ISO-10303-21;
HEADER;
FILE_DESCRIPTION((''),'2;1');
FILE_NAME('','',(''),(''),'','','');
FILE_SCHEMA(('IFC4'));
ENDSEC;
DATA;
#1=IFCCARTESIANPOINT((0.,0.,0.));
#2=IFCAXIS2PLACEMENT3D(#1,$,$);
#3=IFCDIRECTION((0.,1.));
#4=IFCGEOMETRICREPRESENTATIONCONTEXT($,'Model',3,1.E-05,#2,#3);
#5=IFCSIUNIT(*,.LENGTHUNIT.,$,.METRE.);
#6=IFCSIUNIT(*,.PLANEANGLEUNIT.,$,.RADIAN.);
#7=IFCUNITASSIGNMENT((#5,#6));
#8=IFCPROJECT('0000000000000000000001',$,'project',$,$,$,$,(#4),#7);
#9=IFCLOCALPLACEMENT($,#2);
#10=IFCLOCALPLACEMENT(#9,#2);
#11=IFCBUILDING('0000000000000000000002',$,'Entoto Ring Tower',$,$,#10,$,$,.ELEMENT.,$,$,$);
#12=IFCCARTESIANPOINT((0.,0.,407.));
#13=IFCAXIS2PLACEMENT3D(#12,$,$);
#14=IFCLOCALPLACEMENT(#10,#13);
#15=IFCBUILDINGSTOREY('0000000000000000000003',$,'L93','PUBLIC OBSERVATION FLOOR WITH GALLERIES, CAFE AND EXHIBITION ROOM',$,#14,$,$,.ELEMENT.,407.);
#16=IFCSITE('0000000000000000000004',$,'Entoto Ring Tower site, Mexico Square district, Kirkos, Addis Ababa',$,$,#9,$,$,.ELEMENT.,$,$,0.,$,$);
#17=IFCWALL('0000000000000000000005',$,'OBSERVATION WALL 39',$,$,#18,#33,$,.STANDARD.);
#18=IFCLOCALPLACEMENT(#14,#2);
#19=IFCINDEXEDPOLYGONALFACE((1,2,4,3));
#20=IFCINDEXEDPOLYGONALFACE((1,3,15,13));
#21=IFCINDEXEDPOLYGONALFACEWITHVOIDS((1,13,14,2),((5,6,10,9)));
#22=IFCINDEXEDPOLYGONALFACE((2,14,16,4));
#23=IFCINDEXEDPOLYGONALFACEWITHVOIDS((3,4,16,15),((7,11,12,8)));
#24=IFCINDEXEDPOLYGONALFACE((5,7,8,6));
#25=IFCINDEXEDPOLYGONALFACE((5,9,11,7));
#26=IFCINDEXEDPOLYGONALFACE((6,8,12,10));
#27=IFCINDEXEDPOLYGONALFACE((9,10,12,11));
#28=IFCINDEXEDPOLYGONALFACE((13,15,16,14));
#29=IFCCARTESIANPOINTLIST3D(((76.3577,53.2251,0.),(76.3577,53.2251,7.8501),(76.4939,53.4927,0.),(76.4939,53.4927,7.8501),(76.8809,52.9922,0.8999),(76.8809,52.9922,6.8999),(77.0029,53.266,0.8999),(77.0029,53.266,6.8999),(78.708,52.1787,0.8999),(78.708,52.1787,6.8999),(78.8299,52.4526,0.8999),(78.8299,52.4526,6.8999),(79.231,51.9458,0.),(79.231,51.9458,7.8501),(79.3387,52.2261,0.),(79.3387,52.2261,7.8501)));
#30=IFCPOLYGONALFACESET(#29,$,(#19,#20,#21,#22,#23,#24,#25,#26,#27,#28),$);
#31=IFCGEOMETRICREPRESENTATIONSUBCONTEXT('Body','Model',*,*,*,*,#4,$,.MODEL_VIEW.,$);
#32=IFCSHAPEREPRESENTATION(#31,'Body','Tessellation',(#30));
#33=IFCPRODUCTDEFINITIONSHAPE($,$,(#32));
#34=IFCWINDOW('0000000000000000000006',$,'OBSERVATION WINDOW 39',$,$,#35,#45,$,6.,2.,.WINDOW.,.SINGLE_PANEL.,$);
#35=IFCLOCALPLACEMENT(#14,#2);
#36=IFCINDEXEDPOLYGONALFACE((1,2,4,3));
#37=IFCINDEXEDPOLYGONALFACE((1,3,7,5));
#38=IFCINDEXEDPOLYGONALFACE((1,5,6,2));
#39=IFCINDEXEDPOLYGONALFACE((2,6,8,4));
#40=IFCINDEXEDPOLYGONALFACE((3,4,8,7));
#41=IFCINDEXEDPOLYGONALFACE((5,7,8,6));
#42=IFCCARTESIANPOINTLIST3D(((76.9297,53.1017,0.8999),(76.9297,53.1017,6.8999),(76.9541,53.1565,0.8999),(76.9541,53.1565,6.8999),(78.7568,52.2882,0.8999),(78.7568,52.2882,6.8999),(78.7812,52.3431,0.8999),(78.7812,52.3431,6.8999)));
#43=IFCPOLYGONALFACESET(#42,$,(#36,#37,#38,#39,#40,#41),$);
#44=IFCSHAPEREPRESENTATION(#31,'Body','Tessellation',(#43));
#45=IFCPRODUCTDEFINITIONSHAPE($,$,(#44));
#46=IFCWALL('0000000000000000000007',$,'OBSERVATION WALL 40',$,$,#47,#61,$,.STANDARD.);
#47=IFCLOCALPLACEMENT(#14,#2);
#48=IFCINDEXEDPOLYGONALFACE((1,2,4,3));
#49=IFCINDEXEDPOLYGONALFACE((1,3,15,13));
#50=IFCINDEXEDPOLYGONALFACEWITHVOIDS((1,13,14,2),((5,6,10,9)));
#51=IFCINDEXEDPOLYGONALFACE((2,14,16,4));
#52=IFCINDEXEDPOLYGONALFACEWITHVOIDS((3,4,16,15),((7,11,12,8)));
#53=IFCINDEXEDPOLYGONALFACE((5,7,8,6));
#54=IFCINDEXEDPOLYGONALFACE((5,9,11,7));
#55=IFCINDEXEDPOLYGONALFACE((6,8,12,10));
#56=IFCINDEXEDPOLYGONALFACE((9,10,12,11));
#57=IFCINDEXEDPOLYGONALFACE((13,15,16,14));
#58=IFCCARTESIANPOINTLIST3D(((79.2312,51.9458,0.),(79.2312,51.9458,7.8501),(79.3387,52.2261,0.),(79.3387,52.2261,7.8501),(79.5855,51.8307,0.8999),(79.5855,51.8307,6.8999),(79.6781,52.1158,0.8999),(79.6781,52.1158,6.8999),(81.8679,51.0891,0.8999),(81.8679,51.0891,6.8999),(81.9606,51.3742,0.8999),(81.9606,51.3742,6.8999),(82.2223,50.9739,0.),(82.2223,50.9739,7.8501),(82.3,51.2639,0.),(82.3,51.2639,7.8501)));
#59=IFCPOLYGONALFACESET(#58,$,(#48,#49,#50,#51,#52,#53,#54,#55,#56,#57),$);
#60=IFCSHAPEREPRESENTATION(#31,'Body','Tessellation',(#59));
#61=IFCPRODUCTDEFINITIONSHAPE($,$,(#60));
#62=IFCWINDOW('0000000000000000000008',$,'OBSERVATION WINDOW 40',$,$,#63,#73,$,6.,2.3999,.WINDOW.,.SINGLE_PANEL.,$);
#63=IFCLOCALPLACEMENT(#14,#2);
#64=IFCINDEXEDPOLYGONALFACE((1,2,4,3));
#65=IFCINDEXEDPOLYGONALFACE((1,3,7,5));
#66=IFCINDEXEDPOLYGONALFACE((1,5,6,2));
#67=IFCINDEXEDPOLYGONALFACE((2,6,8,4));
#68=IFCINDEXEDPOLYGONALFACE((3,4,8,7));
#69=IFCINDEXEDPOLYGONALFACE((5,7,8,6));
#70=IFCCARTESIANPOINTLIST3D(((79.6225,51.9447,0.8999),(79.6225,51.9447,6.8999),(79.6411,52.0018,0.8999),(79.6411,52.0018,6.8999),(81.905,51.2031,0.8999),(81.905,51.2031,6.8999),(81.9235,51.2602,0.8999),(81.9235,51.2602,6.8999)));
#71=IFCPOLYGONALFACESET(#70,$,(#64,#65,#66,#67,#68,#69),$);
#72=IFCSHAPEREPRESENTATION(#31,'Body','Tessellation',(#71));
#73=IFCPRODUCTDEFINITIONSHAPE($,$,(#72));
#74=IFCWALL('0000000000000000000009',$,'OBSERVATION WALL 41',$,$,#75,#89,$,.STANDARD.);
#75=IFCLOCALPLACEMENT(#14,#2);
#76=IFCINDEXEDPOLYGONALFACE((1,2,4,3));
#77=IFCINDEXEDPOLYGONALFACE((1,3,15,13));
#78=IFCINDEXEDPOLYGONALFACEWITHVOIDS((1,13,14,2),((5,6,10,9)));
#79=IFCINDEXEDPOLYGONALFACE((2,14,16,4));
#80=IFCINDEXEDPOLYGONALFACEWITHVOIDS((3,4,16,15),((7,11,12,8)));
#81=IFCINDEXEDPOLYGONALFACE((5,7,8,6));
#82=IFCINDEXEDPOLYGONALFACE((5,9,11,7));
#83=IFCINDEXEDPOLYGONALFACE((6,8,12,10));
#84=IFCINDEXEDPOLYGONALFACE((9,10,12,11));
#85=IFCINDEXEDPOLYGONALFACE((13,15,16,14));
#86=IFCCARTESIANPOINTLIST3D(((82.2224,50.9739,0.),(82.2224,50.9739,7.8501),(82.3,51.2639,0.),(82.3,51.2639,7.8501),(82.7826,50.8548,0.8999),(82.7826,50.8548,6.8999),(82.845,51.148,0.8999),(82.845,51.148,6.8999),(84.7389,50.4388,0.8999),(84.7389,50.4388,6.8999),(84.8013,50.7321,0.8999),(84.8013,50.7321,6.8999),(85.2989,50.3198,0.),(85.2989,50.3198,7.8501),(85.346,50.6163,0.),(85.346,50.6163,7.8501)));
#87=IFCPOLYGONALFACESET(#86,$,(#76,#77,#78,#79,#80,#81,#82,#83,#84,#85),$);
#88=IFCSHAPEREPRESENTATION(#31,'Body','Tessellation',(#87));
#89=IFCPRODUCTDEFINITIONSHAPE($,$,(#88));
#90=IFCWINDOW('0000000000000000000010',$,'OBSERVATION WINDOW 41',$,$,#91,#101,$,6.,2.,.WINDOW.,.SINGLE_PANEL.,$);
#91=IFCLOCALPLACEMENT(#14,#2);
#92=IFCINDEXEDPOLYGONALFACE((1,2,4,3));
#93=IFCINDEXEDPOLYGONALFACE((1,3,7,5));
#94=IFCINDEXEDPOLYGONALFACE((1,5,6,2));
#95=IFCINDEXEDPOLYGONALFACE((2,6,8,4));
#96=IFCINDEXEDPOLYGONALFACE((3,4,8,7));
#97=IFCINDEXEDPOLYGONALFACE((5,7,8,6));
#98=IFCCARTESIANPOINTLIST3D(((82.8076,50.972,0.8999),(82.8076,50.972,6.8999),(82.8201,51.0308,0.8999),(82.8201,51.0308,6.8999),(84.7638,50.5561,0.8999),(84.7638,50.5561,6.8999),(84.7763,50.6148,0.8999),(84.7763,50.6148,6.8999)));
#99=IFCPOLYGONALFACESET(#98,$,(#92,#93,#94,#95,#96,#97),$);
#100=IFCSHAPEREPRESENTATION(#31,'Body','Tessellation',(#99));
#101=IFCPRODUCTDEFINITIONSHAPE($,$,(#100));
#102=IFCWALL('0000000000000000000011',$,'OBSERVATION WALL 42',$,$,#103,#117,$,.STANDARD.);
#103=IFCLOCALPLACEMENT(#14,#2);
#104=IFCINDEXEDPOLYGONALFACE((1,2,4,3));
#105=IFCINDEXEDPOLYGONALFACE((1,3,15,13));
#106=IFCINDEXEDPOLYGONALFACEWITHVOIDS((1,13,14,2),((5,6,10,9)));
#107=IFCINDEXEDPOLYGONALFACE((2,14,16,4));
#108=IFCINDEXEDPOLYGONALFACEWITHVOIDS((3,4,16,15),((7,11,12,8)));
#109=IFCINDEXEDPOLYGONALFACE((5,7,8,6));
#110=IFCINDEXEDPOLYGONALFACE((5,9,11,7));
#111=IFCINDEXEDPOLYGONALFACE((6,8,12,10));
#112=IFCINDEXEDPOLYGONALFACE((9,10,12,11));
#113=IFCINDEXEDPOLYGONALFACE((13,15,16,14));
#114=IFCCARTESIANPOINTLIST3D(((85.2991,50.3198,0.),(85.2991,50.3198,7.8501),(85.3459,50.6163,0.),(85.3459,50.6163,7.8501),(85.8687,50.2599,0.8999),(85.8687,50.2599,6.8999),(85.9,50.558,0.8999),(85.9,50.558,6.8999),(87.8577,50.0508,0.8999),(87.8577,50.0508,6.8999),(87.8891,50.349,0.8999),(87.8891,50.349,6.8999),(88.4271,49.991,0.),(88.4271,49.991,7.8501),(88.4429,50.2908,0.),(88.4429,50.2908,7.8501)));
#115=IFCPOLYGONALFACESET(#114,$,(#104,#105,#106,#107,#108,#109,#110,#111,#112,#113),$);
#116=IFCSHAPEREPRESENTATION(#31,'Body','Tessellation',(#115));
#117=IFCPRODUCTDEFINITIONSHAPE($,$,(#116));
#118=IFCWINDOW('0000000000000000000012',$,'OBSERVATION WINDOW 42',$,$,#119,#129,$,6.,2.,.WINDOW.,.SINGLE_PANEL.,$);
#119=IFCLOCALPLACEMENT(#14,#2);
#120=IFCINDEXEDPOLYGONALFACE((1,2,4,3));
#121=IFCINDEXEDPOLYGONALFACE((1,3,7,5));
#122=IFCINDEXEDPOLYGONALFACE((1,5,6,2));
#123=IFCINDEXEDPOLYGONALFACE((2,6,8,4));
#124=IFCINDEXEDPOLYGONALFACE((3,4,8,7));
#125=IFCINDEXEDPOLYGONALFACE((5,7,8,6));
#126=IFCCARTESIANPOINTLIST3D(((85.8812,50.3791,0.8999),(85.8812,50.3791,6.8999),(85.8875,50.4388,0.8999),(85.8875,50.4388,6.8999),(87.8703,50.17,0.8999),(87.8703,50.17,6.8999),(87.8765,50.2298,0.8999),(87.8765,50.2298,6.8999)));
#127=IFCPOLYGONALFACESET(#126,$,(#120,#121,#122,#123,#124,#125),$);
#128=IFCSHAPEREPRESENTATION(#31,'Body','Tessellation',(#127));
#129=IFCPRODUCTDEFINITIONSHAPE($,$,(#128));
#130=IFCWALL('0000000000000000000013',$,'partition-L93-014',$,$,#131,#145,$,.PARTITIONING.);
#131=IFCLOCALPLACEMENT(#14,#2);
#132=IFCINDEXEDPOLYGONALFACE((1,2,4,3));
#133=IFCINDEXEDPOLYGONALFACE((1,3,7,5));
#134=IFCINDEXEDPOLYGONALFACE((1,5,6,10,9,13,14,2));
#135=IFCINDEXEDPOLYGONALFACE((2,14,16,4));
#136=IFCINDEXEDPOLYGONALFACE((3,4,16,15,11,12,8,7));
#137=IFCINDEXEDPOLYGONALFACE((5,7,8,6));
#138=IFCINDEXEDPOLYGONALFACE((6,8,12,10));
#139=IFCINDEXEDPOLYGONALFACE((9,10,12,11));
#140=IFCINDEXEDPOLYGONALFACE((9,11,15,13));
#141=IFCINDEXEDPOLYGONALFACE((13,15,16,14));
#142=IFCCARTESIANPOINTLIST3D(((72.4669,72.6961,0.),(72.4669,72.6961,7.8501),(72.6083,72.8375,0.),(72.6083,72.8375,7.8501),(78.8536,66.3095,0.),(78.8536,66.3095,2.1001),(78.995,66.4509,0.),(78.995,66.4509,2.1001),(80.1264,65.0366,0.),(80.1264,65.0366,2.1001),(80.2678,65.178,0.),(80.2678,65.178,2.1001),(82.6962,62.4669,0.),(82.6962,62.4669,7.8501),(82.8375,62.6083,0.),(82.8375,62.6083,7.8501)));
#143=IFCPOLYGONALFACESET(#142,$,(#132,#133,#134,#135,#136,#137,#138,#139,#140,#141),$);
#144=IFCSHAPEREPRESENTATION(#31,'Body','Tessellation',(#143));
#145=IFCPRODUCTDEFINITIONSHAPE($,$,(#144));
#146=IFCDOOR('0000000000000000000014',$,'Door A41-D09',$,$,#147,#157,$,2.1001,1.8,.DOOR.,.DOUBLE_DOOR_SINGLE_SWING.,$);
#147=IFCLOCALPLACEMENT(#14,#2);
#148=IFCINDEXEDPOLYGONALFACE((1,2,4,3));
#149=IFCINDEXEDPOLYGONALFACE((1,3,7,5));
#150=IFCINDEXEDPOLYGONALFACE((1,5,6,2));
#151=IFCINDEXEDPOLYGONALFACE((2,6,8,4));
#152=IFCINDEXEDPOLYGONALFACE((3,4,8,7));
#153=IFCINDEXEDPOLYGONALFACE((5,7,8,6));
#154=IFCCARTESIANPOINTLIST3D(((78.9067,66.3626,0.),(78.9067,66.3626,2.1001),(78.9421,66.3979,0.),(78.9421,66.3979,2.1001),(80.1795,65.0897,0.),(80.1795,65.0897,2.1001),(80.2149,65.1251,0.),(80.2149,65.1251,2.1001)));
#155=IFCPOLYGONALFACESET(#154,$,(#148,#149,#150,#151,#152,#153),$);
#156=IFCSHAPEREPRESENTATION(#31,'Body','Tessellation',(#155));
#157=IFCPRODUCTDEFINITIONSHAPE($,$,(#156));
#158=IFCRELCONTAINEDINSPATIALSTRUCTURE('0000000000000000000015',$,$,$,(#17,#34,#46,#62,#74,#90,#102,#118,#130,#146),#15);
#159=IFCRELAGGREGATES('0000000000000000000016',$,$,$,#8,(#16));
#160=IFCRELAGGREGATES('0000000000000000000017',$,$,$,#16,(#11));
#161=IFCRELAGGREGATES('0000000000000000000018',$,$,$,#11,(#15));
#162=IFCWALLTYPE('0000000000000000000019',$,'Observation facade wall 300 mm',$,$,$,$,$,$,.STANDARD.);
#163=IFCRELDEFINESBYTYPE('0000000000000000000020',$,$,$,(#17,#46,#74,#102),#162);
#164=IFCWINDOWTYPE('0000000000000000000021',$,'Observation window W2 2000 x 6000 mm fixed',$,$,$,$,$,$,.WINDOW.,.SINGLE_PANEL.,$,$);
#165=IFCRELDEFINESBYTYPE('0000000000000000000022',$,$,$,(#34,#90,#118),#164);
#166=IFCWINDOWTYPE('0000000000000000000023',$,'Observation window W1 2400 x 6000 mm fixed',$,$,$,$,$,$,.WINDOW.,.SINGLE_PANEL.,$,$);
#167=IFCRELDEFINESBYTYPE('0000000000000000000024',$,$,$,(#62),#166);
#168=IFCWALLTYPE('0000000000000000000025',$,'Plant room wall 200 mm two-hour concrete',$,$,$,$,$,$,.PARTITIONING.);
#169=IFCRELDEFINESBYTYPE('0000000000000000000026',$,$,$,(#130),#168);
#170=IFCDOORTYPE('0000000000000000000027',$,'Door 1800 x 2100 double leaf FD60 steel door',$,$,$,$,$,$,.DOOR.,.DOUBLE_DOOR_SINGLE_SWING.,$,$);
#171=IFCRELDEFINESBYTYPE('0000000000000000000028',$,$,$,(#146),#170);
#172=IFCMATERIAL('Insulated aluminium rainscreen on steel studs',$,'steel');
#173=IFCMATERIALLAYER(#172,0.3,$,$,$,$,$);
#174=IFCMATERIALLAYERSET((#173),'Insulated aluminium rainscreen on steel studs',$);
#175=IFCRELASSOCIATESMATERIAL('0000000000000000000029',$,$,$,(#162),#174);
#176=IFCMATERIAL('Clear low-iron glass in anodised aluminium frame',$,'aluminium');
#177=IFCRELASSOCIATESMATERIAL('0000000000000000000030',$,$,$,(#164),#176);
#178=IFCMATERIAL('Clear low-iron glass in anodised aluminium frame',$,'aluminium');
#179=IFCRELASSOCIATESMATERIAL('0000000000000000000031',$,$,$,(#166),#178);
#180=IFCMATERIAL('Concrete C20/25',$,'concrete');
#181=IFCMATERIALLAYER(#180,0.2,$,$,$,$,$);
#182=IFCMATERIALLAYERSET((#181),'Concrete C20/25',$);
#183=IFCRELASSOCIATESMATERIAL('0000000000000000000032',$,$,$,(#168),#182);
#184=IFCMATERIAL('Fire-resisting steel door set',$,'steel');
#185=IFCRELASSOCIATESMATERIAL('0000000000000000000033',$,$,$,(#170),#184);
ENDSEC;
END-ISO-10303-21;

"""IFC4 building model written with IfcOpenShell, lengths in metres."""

from ifc_helpers import new_model, si_unit, direction, frame, frame_2d, origin, place, context, subcontext, project, spatial, polyline, rectangle, outline, extrude, material, layer, layer_set, type_object, element, fill, save


model = new_model("IFC4")

# Units and contexts
model_context = context("Model", 3, precision=1e-05, world=origin(), true_north=direction((0.0, 1.0)))
body_context = subcontext(model_context, "Body", "Model", "MODEL_VIEW")
ifc_project = project(units=[si_unit("LENGTHUNIT", "METRE"), si_unit("PLANEANGLEUNIT", "RADIAN")], contexts=[model_context])

# Site, building, storey
site_placement = place(None, origin())
site = spatial("IfcSite", under=ifc_project, at=site_placement, Name="Entoto Ring Tower site, Mexico Square district, Kirkos, Addis Ababa", CompositionType="ELEMENT", RefElevation=0.0)
building_placement = place(site_placement, origin())
building = spatial("IfcBuilding", under=site, at=building_placement, Name="Entoto Ring Tower", CompositionType="ELEMENT")
storey_placement = place(building_placement, frame((0.0, 0.0, 407.0)))
storey = spatial("IfcBuildingStorey", under=building, at=storey_placement, Name="L93", Description="PUBLIC OBSERVATION FLOOR WITH GALLERIES, CAFE AND EXHIBITION ROOM", CompositionType="ELEMENT", Elevation=407.0)

# Walls, openings, windows
ifc_material_1 = material(Name="Insulated aluminium rainscreen on steel studs", Category="steel")
ifc_layer_1 = layer(ifc_material_1, 0.3)
ifc_layer_set_1 = layer_set([ifc_layer_1], Name="Insulated aluminium rainscreen on steel studs")
wall_type_1 = type_object("IfcWallType", Name="Observation facade wall 300 mm", PredefinedType="STANDARD", material=ifc_layer_set_1)
wall_1_placement = place(storey_placement, frame((76.4258, 53.3589, 0.0), z_axis=(0.0, 0.0, 1.0), x_axis=(0.913548, -0.406732, 0.0)))
wall_1 = element("IfcWall", 1, at=wall_1_placement, inside=storey, type_object=wall_type_1, Name="OBSERVATION WALL 39", PredefinedType="STANDARD", context=body_context, shape_type="SweptSolid", body=[
    extrude(outline(polyline([(-0.0078, -0.1499), (3.1375, -0.1499), (3.1218, 0.1499), (0.0078, 0.1499), (-0.0078, -0.1499)])), origin(), (0.0, 0.0, 1.0), 7.8501),
])
opening_1_placement = place(wall_1_placement, frame((0.5649, 0.0, 0.8999)))
opening_1 = element("IfcOpeningElement", 2, at=opening_1_placement, cuts=wall_1, PredefinedType="OPENING", context=body_context, shape_type="SweptSolid", body=[
    extrude(rectangle(XDim=2.0, YDim=6.0, at=frame_2d((1.0, 3.0))), frame((0.0, 0.1602, 0.0), z_axis=(0.0, -1.0, 0.0), x_axis=(1.0, 0.0, 0.0)), (0.0, 0.0, 1.0), 0.3201),
])
ifc_material_2 = material(Name="Clear low-iron glass in anodised aluminium frame", Category="aluminium")
window_type_1 = type_object("IfcWindowType", Name="Observation window W2 2000 x 6000 mm fixed", PartitioningType="SINGLE_PANEL", PredefinedType="WINDOW", material=ifc_material_2)
window_1_placement = place(opening_1_placement, origin())
window_1 = element("IfcWindow", 3, at=window_1_placement, inside=storey, type_object=window_type_1, Name="OBSERVATION WINDOW 39", OverallHeight=6.0, OverallWidth=2.0, PartitioningType="SINGLE_PANEL", PredefinedType="WINDOW", context=body_context, shape_type="SweptSolid", body=[
    extrude(rectangle(XDim=2.0, YDim=6.0, at=frame_2d((1.0, 3.0))), frame((0.0, 0.03, 0.0), z_axis=(0.0, -1.0, 0.0), x_axis=(1.0, 0.0, 0.0)), (0.0, 0.0, 1.0), 0.0601),
])
fill(opening_1, window_1)
wall_2_placement = place(storey_placement, frame((79.2849, 52.0859, 0.0), z_axis=(0.0, 0.0, 1.0), x_axis=(0.951059, -0.30901, 0.0)))
wall_2 = element("IfcWall", 4, at=wall_2_placement, inside=storey, type_object=wall_type_1, Name="OBSERVATION WALL 40", PredefinedType="STANDARD", context=body_context, shape_type="SweptSolid", body=[
    extrude(outline(polyline([(-0.0078, -0.1499), (3.1372, -0.1499), (3.1216, 0.1499), (0.0078, 0.1499), (-0.0078, -0.1499)])), origin(), (0.0, 0.0, 1.0), 7.8501),
])
opening_2_placement = place(wall_2_placement, frame((0.3647, 0.0, 0.8999)))
opening_2 = element("IfcOpeningElement", 5, at=opening_2_placement, cuts=wall_2, PredefinedType="OPENING", context=body_context, shape_type="SweptSolid", body=[
    extrude(rectangle(XDim=2.3999, YDim=6.0, at=frame_2d((1.2, 3.0))), frame((0.0, 0.1602, 0.0), z_axis=(0.0, -1.0, 0.0), x_axis=(1.0, 0.0, 0.0)), (0.0, 0.0, 1.0), 0.3201),
])
ifc_material_3 = material(Name="Clear low-iron glass in anodised aluminium frame", Category="aluminium")
window_type_2 = type_object("IfcWindowType", Name="Observation window W1 2400 x 6000 mm fixed", PartitioningType="SINGLE_PANEL", PredefinedType="WINDOW", material=ifc_material_3)
window_2_placement = place(opening_2_placement, origin())
window_2 = element("IfcWindow", 6, at=window_2_placement, inside=storey, type_object=window_type_2, Name="OBSERVATION WINDOW 40", OverallHeight=6.0, OverallWidth=2.3999, PartitioningType="SINGLE_PANEL", PredefinedType="WINDOW", context=body_context, shape_type="SweptSolid", body=[
    extrude(rectangle(XDim=2.3999, YDim=6.0, at=frame_2d((1.2, 3.0))), frame((0.0, 0.03, 0.0), z_axis=(0.0, -1.0, 0.0), x_axis=(1.0, 0.0, 0.0)), (0.0, 0.0, 1.0), 0.0601),
])
fill(opening_2, window_2)
wall_3_placement = place(storey_placement, frame((82.2612, 51.1189, 0.0), z_axis=(0.0, 0.0, 1.0), x_axis=(0.978136, -0.207968, 0.0)))
wall_3 = element("IfcWall", 7, at=wall_3_placement, inside=storey, type_object=wall_type_1, Name="OBSERVATION WALL 41", PredefinedType="STANDARD", context=body_context, shape_type="SweptSolid", body=[
    extrude(outline(polyline([(-0.0078, -0.1499), (3.1375, -0.1499), (3.1218, 0.1499), (0.0078, 0.1499), (-0.0078, -0.1499)])), origin(), (0.0, 0.0, 1.0), 7.8501),
])
opening_3_placement = place(wall_3_placement, frame((0.5649, 0.0, 0.8999)))
opening_3 = element("IfcOpeningElement", 8, at=opening_3_placement, cuts=wall_3, PredefinedType="OPENING", context=body_context, shape_type="SweptSolid", body=[
    extrude(rectangle(XDim=2.0, YDim=6.0, at=frame_2d((1.0, 3.0))), frame((0.0, 0.1602, 0.0), z_axis=(0.0, -1.0, 0.0), x_axis=(1.0, 0.0, 0.0)), (0.0, 0.0, 1.0), 0.3201),
])
window_3_placement = place(opening_3_placement, origin())
window_3 = element("IfcWindow", 9, at=window_3_placement, inside=storey, type_object=window_type_1, Name="OBSERVATION WINDOW 41", OverallHeight=6.0, OverallWidth=2.0, PartitioningType="SINGLE_PANEL", PredefinedType="WINDOW", context=body_context, shape_type="SweptSolid", body=[
    extrude(rectangle(XDim=2.0, YDim=6.0, at=frame_2d((1.0, 3.0))), frame((0.0, 0.03, 0.0), z_axis=(0.0, -1.0, 0.0), x_axis=(1.0, 0.0, 0.0)), (0.0, 0.0, 1.0), 0.0601),
])
fill(opening_3, window_3)
wall_4_placement = place(storey_placement, frame((85.3225, 50.468, 0.0), z_axis=(0.0, 0.0, 1.0), x_axis=(0.994522, -0.10453, 0.0)))
wall_4 = element("IfcWall", 10, at=wall_4_placement, inside=storey, type_object=wall_type_1, Name="OBSERVATION WALL 42", PredefinedType="STANDARD", context=body_context, shape_type="SweptSolid", body=[
    extrude(outline(polyline([(-0.0078, -0.1499), (3.1375, -0.1499), (3.1218, 0.1499), (0.0078, 0.1499), (-0.0078, -0.1499)])), origin(), (0.0, 0.0, 1.0), 7.8501),
])
opening_4_placement = place(wall_4_placement, frame((0.5649, 0.0, 0.8999)))
opening_4 = element("IfcOpeningElement", 11, at=opening_4_placement, cuts=wall_4, PredefinedType="OPENING", context=body_context, shape_type="SweptSolid", body=[
    extrude(rectangle(XDim=2.0, YDim=6.0, at=frame_2d((1.0, 3.0))), frame((0.0, 0.1602, 0.0), z_axis=(0.0, -1.0, 0.0), x_axis=(1.0, 0.0, 0.0)), (0.0, 0.0, 1.0), 0.3201),
])
window_4_placement = place(opening_4_placement, origin())
window_4 = element("IfcWindow", 12, at=window_4_placement, inside=storey, type_object=window_type_1, Name="OBSERVATION WINDOW 42", OverallHeight=6.0, OverallWidth=2.0, PartitioningType="SINGLE_PANEL", PredefinedType="WINDOW", context=body_context, shape_type="SweptSolid", body=[
    extrude(rectangle(XDim=2.0, YDim=6.0, at=frame_2d((1.0, 3.0))), frame((0.0, 0.03, 0.0), z_axis=(0.0, -1.0, 0.0), x_axis=(1.0, 0.0, 0.0)), (0.0, 0.0, 1.0), 0.0601),
])
fill(opening_4, window_4)

# Wall, opening, door
ifc_material_4 = material(Name="Concrete C20/25", Category="concrete")
ifc_layer_2 = layer(ifc_material_4, 0.2)
ifc_layer_set_2 = layer_set([ifc_layer_2], Name="Concrete C20/25")
wall_type_2 = type_object("IfcWallType", Name="Plant room wall 200 mm two-hour concrete", PredefinedType="PARTITIONING", material=ifc_layer_set_2)
wall_5_placement = place(storey_placement, frame((82.7668, 62.5376, 0.0), z_axis=(0.0, 0.0, 1.0), x_axis=(-0.707107, 0.707107, 0.0)))
wall_5 = element("IfcWall", 13, at=wall_5_placement, inside=storey, type_object=wall_type_2, Name="partition-L93-014", PredefinedType="PARTITIONING", context=body_context, shape_type="SweptSolid", body=[
    extrude(rectangle(XDim=14.4663, YDim=0.2, at=frame_2d((7.2332, 0.0))), origin(), (0.0, 0.0, 1.0), 7.8501),
])
opening_5_placement = place(wall_5_placement, frame((3.6343, 0.0, 0.0)))
opening_5 = element("IfcOpeningElement", 14, at=opening_5_placement, cuts=wall_5, PredefinedType="OPENING", context=body_context, shape_type="SweptSolid", body=[
    extrude(rectangle(XDim=1.8, YDim=2.1001, at=frame_2d((0.8999, 1.05))), frame((0.0, 0.1099, 0.0), z_axis=(0.0, -1.0, 0.0), x_axis=(1.0, 0.0, 0.0)), (0.0, 0.0, 1.0), 0.22),
])
ifc_material_5 = material(Name="Fire-resisting steel door set", Category="steel")
door_type_1 = type_object("IfcDoorType", Name="Door 1800 x 2100 double leaf FD60 steel door", OperationType="DOUBLE_DOOR_SINGLE_SWING", PredefinedType="DOOR", material=ifc_material_5)
door_1_placement = place(opening_5_placement, origin())
door_1 = element("IfcDoor", 15, at=door_1_placement, inside=storey, type_object=door_type_1, Name="Door A41-D09", OperationType="DOUBLE_DOOR_SINGLE_SWING", OverallHeight=2.1001, OverallWidth=1.8, PredefinedType="DOOR", context=body_context, shape_type="SweptSolid", body=[
    extrude(rectangle(XDim=1.8, YDim=2.1001, at=frame_2d((0.8999, 1.05))), frame((0.0, 0.0249, 0.0), z_axis=(0.0, -1.0, 0.0), x_axis=(1.0, 0.0, 0.0)), (0.0, 0.0, 1.0), 0.05),
])
fill(opening_5, door_1)

save(model, "model.ifc")
